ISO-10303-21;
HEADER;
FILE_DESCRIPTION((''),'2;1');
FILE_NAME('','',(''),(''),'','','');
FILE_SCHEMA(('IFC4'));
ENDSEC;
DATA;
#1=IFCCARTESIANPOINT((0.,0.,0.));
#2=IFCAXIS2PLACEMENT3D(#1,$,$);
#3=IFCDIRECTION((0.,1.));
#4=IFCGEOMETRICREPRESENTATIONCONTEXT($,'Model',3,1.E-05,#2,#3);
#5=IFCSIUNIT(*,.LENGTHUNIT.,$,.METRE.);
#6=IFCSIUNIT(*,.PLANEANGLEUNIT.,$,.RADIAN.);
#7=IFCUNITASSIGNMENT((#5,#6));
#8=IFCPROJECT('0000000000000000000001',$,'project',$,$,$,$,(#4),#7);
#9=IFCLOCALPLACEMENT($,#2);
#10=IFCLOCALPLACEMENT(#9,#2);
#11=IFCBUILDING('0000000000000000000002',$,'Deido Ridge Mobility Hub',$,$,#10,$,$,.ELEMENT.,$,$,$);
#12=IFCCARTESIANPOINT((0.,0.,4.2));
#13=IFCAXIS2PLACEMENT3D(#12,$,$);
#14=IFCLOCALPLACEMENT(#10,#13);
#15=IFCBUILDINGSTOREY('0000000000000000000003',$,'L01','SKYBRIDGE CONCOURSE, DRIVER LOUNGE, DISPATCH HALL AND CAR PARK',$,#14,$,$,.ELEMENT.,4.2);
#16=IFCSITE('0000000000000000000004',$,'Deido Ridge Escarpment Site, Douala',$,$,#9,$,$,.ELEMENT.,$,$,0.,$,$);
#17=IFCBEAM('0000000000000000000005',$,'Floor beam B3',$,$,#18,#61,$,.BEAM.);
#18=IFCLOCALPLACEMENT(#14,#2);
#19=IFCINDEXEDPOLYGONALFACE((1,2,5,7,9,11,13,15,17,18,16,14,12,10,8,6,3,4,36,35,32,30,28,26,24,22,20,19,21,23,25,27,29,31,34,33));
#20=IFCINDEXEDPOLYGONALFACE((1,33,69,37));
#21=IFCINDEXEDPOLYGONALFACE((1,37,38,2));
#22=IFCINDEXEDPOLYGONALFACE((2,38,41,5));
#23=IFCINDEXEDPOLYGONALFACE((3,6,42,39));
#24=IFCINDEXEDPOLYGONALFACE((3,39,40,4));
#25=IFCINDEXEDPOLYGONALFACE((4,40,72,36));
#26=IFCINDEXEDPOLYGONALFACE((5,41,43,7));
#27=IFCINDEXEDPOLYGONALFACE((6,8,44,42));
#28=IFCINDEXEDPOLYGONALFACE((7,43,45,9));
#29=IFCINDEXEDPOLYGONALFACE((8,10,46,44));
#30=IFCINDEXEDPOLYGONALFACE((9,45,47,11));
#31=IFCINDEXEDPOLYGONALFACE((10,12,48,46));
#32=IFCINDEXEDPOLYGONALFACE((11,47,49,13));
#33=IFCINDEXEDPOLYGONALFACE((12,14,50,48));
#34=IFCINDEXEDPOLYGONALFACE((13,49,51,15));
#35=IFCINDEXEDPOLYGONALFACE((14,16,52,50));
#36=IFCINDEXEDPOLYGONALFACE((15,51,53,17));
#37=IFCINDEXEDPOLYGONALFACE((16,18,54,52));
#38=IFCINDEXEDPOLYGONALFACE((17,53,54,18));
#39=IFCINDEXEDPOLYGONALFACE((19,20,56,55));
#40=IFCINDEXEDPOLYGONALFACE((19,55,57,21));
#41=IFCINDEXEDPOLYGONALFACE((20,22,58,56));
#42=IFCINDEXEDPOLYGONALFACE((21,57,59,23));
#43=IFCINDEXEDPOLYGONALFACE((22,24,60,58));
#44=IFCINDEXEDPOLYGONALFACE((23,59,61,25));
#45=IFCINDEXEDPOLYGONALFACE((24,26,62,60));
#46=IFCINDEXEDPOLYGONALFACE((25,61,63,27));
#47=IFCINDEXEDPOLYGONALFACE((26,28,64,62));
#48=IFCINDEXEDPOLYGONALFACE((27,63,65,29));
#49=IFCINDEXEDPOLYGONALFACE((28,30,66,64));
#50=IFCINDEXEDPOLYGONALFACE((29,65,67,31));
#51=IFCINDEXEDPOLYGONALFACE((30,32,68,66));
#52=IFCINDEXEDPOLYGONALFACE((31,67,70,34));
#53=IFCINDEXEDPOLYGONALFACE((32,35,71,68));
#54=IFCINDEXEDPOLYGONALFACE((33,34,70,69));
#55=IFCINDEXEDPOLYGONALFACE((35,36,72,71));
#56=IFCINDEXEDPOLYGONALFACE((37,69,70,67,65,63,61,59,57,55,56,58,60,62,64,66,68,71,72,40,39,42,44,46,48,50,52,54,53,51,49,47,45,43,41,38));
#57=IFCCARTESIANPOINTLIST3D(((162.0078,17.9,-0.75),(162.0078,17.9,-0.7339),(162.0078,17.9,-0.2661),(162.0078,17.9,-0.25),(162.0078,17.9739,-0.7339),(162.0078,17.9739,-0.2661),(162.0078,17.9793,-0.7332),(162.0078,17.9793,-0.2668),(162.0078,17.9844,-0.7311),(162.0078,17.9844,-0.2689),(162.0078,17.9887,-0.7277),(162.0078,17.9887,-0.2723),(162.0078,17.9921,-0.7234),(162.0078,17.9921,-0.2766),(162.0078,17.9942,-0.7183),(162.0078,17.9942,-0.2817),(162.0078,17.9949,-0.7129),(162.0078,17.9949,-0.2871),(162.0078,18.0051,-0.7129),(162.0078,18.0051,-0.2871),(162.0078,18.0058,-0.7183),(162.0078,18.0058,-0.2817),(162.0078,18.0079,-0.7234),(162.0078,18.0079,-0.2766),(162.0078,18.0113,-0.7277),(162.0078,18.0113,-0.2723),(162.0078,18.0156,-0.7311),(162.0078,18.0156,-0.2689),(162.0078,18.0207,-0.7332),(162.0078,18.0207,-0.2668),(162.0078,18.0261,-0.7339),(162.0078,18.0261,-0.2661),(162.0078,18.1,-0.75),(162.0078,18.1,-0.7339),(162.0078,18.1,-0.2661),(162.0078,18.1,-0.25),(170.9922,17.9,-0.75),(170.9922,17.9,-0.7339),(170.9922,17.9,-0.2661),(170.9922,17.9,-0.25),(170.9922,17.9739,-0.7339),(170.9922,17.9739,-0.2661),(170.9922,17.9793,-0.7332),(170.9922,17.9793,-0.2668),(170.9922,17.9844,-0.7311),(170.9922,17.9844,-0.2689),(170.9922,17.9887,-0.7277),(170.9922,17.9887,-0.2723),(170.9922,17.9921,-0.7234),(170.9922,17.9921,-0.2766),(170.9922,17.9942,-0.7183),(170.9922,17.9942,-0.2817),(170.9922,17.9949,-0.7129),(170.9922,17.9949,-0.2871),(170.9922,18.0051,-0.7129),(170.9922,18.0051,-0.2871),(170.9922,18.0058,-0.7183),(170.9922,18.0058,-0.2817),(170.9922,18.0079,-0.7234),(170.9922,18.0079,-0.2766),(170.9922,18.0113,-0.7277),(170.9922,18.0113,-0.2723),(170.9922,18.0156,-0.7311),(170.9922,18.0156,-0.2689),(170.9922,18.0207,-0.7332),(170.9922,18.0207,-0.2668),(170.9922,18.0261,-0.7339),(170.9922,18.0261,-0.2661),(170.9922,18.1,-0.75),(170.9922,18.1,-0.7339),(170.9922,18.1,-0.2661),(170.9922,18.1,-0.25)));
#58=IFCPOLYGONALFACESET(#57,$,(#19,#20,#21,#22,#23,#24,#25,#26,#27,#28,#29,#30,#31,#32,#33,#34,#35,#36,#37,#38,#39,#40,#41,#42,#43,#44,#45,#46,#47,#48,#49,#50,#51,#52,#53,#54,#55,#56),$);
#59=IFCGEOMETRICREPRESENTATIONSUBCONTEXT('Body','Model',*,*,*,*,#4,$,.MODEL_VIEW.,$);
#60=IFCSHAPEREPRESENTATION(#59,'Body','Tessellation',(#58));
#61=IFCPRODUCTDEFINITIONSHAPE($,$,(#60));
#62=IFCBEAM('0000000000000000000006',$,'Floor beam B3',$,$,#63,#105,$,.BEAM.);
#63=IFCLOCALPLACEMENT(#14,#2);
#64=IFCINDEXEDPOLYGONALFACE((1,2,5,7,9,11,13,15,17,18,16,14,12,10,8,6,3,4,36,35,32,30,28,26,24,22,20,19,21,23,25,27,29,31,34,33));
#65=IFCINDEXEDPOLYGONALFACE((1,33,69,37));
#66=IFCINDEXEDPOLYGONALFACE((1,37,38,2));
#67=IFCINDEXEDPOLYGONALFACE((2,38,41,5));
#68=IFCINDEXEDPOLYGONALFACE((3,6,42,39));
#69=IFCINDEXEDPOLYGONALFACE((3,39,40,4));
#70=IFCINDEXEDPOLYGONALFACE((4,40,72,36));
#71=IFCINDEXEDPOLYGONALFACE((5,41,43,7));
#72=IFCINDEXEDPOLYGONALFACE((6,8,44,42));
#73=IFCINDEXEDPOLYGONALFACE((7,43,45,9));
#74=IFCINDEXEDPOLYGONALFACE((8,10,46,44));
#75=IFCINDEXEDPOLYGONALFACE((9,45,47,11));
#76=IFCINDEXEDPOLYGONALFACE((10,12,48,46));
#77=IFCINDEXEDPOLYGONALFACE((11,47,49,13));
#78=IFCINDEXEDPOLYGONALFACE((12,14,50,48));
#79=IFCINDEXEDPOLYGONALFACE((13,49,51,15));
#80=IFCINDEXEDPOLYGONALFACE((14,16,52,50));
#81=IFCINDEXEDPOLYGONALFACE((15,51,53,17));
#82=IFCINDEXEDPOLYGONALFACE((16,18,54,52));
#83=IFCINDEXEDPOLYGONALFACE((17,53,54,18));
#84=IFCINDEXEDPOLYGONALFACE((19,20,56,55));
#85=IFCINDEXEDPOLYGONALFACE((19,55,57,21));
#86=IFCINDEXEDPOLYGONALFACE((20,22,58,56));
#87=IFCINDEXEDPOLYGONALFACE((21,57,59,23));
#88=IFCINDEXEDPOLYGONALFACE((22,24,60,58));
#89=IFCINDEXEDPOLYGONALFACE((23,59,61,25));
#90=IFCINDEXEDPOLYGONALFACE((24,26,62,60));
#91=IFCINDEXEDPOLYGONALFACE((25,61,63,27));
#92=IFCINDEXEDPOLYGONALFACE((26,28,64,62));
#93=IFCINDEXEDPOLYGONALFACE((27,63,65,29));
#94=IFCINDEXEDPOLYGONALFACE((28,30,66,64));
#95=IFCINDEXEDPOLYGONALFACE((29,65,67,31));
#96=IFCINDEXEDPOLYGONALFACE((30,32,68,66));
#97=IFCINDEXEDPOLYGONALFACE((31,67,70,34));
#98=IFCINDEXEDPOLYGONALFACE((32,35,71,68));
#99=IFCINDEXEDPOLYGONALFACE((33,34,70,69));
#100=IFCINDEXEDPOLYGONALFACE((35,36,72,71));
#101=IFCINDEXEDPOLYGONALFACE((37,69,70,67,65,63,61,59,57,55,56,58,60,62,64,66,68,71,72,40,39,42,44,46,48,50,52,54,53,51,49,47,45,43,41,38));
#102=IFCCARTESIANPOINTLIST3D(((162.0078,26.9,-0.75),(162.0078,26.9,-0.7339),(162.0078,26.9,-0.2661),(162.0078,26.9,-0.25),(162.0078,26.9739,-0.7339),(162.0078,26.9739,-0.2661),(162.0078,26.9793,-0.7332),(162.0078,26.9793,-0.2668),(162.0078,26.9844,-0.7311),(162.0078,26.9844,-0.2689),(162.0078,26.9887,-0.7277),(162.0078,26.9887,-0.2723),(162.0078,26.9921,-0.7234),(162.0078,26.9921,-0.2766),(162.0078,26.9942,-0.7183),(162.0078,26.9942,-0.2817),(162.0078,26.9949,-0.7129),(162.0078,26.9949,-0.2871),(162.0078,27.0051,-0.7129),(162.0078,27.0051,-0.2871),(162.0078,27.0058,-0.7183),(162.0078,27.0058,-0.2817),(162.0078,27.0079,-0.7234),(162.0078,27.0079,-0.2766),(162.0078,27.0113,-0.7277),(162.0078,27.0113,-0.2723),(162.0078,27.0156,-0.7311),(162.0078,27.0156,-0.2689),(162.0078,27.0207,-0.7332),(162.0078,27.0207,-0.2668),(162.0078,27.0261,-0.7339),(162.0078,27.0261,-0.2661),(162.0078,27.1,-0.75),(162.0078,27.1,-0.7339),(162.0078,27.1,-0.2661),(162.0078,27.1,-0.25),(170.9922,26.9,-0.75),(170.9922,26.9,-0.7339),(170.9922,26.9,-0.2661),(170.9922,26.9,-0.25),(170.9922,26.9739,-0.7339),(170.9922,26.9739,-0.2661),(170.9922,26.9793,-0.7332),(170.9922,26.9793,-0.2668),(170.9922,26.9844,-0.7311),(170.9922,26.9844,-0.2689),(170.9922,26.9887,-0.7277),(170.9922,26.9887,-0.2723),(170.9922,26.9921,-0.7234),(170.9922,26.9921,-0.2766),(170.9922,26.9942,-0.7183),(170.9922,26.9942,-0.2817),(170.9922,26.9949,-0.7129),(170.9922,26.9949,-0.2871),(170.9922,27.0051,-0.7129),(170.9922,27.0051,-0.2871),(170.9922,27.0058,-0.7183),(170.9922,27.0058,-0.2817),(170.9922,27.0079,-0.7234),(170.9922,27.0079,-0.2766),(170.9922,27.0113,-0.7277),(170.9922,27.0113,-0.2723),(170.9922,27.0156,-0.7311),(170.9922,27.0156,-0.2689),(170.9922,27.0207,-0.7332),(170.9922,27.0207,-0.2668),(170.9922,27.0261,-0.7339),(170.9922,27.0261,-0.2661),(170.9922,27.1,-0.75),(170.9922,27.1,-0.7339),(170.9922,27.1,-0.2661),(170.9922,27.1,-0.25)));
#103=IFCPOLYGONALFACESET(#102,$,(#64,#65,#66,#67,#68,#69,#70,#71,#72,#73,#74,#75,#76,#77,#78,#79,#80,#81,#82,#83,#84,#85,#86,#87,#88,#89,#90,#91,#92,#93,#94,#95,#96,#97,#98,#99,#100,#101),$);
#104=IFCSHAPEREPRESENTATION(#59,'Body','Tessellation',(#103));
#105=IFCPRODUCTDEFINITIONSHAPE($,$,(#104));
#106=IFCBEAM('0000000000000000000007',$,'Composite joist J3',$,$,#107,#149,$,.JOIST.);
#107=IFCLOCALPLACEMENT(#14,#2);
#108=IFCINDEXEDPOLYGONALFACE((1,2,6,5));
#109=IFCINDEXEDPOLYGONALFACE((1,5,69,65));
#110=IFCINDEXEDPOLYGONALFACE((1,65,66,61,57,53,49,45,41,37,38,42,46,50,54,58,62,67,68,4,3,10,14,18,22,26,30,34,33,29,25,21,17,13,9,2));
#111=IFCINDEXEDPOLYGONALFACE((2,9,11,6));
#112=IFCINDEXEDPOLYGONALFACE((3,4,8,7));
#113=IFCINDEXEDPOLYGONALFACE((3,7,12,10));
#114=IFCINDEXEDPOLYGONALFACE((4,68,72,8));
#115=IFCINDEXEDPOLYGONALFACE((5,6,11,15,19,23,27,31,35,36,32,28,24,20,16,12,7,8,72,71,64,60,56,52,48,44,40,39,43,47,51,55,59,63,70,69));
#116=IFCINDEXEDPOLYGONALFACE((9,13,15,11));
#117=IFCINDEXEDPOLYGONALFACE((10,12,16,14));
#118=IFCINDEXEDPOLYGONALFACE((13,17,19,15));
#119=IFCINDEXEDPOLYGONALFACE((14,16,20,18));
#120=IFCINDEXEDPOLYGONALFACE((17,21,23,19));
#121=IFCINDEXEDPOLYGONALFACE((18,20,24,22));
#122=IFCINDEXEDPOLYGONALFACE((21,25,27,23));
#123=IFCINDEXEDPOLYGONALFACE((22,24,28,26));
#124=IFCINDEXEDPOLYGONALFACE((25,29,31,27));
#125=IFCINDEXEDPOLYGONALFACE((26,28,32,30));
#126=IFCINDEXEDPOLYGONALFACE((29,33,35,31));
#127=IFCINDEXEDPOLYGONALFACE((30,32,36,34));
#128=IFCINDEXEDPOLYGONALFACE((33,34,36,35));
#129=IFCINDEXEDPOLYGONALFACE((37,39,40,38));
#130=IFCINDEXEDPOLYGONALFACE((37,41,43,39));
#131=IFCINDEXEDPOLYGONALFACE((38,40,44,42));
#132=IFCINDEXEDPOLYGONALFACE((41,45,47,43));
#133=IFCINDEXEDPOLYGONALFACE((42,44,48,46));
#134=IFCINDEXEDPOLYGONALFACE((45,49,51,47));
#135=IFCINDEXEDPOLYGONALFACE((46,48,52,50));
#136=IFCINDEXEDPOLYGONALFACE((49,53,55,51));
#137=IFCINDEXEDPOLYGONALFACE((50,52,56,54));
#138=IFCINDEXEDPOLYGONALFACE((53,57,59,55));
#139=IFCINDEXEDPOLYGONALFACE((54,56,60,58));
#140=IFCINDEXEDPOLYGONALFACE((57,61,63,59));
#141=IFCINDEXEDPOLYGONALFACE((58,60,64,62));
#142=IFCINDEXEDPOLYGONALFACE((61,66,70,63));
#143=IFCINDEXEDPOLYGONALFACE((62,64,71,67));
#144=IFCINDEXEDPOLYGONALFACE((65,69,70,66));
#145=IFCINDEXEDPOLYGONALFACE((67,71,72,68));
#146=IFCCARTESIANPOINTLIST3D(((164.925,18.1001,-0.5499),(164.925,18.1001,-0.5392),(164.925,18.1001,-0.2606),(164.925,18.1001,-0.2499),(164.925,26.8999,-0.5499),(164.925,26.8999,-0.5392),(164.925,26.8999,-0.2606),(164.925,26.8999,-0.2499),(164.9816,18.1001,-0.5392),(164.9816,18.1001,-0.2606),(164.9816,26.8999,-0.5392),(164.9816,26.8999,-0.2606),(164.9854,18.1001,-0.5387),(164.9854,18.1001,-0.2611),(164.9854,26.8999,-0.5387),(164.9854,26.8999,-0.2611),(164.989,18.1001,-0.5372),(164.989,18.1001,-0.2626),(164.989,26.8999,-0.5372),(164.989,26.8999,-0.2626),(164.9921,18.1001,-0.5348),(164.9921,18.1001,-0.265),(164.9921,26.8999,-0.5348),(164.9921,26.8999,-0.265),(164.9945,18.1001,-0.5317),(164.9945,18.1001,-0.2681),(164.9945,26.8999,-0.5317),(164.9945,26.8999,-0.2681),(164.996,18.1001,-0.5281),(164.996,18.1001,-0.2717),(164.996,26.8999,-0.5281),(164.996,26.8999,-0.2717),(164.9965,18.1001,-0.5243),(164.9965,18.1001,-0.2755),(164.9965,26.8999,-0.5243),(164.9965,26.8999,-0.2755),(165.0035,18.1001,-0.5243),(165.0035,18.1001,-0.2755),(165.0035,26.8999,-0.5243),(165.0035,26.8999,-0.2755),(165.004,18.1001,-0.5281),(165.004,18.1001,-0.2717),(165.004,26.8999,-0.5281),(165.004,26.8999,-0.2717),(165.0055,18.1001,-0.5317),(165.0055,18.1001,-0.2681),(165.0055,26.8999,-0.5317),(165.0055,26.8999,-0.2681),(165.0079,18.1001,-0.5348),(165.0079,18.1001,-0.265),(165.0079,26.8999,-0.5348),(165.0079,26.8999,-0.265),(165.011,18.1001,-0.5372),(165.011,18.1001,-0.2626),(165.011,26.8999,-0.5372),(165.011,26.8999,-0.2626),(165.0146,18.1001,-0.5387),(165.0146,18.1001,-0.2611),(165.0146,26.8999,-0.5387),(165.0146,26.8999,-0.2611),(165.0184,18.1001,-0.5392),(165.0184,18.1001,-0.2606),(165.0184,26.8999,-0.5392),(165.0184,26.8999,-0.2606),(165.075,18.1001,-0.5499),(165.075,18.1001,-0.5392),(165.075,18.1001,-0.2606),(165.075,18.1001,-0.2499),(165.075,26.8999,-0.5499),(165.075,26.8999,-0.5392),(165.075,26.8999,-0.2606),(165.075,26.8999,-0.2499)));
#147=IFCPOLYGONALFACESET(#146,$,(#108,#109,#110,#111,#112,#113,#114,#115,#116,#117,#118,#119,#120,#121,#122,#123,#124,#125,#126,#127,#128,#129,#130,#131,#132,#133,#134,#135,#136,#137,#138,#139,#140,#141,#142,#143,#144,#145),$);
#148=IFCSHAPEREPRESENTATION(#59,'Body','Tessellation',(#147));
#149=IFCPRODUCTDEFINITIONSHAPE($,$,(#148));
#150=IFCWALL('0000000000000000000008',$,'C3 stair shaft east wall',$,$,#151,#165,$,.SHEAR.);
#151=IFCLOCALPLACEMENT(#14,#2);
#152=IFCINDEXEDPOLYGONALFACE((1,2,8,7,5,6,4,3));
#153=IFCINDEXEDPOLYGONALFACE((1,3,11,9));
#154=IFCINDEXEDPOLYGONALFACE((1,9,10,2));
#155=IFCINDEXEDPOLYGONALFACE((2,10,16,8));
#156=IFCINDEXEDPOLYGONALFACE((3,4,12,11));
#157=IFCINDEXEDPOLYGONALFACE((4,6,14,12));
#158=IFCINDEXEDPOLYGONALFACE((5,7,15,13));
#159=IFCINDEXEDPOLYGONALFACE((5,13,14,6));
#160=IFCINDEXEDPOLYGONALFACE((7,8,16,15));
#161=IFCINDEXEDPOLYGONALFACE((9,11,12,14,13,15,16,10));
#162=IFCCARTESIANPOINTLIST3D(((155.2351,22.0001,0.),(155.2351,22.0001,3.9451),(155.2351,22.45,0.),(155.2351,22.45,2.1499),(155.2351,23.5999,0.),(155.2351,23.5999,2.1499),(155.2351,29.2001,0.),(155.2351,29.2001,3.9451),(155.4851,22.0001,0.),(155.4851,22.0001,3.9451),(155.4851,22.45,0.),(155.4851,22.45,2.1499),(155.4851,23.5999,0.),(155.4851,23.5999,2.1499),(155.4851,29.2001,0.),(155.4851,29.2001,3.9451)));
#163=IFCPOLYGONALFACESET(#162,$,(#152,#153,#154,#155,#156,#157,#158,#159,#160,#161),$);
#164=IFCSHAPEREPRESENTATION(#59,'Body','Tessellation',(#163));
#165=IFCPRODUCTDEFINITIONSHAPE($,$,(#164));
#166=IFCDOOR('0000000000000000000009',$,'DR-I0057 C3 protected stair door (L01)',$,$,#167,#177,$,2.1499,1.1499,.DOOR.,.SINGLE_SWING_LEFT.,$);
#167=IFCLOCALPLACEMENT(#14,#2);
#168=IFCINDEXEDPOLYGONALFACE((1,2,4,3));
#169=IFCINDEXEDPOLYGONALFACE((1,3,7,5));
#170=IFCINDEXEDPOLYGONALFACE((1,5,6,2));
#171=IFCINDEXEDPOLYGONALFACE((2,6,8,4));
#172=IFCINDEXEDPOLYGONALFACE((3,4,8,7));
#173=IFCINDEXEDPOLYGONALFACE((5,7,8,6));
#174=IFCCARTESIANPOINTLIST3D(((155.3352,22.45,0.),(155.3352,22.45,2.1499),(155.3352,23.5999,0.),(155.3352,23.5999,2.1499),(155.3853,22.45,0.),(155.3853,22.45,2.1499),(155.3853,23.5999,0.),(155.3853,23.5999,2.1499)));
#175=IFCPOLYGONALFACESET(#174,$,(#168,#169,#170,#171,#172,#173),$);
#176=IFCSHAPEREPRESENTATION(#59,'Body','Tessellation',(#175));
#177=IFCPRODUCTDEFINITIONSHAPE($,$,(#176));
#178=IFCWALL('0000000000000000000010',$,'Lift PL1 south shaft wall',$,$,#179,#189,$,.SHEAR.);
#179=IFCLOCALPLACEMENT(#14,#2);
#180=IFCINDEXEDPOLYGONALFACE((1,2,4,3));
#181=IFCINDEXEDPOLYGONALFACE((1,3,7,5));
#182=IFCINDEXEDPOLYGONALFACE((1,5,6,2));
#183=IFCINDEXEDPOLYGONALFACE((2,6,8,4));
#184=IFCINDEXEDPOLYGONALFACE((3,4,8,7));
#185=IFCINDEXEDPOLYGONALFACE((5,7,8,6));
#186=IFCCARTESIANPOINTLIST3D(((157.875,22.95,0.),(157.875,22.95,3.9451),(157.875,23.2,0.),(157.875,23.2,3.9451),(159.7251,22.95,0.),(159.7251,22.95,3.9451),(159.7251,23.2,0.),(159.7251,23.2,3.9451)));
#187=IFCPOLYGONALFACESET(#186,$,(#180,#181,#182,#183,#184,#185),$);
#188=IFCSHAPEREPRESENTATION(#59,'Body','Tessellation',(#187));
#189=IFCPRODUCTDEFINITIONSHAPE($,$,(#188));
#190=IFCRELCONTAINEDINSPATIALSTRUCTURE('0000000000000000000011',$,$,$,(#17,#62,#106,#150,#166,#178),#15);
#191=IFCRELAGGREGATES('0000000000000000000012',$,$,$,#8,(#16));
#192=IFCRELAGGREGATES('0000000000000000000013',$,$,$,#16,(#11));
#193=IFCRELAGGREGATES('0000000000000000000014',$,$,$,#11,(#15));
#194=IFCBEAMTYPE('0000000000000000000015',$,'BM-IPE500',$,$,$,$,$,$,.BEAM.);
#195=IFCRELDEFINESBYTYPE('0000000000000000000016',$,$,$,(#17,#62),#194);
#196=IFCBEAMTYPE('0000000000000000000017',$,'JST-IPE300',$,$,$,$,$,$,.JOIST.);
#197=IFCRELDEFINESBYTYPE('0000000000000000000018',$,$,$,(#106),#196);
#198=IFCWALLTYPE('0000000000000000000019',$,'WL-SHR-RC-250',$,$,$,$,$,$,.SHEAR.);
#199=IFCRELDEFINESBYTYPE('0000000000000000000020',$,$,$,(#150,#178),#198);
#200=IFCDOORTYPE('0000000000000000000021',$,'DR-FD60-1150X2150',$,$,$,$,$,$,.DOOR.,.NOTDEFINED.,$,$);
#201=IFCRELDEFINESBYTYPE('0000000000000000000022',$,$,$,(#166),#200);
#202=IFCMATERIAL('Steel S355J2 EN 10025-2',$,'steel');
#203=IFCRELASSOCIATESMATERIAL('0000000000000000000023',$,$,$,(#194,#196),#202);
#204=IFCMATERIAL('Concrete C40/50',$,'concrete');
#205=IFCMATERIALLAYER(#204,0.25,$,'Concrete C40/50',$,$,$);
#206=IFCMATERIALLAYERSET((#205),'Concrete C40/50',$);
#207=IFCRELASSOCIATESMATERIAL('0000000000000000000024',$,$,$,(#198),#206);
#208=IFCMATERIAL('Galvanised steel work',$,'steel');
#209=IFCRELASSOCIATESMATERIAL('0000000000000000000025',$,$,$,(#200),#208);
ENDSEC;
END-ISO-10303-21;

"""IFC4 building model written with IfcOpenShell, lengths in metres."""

from ifc_helpers import new_model, si_unit, direction, frame, frame_2d, origin, origin_2d, place, context, subcontext, project, spatial, rectangle, i_section, extrude, material, layer, layer_set, material_profile, profile_set, type_object, element, fill, save


model = new_model("IFC4")

# Units and contexts
model_context = context("Model", 3, precision=1e-05, world=origin(), true_north=direction((0.0, 1.0)))
body_context = subcontext(model_context, "Body", "Model", "MODEL_VIEW")
ifc_project = project(units=[si_unit("LENGTHUNIT", "METRE"), si_unit("PLANEANGLEUNIT", "RADIAN")], contexts=[model_context])

# Site, building, storey
site_placement = place(None, origin())
site = spatial("IfcSite", under=ifc_project, at=site_placement, Name="Deido Ridge Escarpment Site, Douala", CompositionType="ELEMENT", RefElevation=0.0)
building_placement = place(site_placement, origin())
building = spatial("IfcBuilding", under=site, at=building_placement, Name="Deido Ridge Mobility Hub", CompositionType="ELEMENT")
storey_placement = place(building_placement, frame((0.0, 0.0, 4.2)))
storey = spatial("IfcBuildingStorey", under=building, at=storey_placement, Name="L01", Description="SKYBRIDGE CONCOURSE, DRIVER LOUNGE, DISPATCH HALL AND CAR PARK", CompositionType="ELEMENT", Elevation=4.2)

# Shared definitions
ifc_material_1 = material(Name="Steel S355J2 EN 10025-2", Category="steel")

# Beams
ifc_material_profile_1 = material_profile(ifc_material_1, i_section(OverallWidth=0.2, OverallDepth=0.5, WebThickness=0.0103, FlangeThickness=0.0161, FilletRadius=0.021, at=origin_2d()), Name="IPE 500")
ifc_profile_set_1 = profile_set([ifc_material_profile_1], Name="Steel S355J2 EN 10025-2")
beam_type_1 = type_object("IfcBeamType", Name="BM-IPE500", PredefinedType="BEAM", material=ifc_profile_set_1)
for number, where, z_axis, x_axis, name in (
    (1, (162.0078, 18.0, -0.5), (1.0, 0.0, 0.0), (0.0, 1.0, 0.0), "Floor beam B3"),
    (2, (162.0078, 27.0, -0.5), (1.0, 0.0, 0.0), (0.0, 1.0, 0.0), "Floor beam B3"),
):
    element("IfcBeam", number, at=place(storey_placement, frame(where, z_axis=z_axis, x_axis=x_axis)), inside=storey, type_object=beam_type_1, Name=name, PredefinedType="BEAM", context=body_context, shape_type="SweptSolid", body=[
        extrude(i_section(OverallWidth=0.2, OverallDepth=0.5, WebThickness=0.0103, FlangeThickness=0.0161, FilletRadius=0.021, at=origin_2d()), origin(), (0.0, 0.0, 1.0), 8.9844),
    ])
ifc_material_profile_2 = material_profile(ifc_material_1, i_section(OverallWidth=0.1499, OverallDepth=0.3, WebThickness=0.0071, FlangeThickness=0.0107, FilletRadius=0.0149, at=origin_2d()), Name="IPE 300")
ifc_profile_set_2 = profile_set([ifc_material_profile_2], Name="Steel S355J2 EN 10025-2")
beam_type_2 = type_object("IfcBeamType", Name="JST-IPE300", PredefinedType="JOIST", material=ifc_profile_set_2)
beam_1_placement = place(storey_placement, frame((165.0, 18.1001, -0.3999), z_axis=(0.0, 1.0, 0.0), x_axis=(-1.0, 0.0, 0.0)))
element("IfcBeam", 3, at=beam_1_placement, inside=storey, type_object=beam_type_2, Name="Composite joist J3", PredefinedType="JOIST", context=body_context, shape_type="SweptSolid", body=[
    extrude(i_section(OverallWidth=0.1499, OverallDepth=0.3, WebThickness=0.0071, FlangeThickness=0.0107, FilletRadius=0.0149, at=origin_2d()), origin(), (0.0, 0.0, 1.0), 8.7998),
])

# Wall, opening, door
ifc_material_2 = material(Name="Concrete C40/50", Category="concrete")
ifc_layer_1 = layer(ifc_material_2, 0.25, Name="Concrete C40/50")
ifc_layer_set_1 = layer_set([ifc_layer_1], Name="Concrete C40/50")
wall_type_1 = type_object("IfcWallType", Name="WL-SHR-RC-250", PredefinedType="SHEAR", material=ifc_layer_set_1)
wall_1_placement = place(storey_placement, frame((155.3601, 22.0, 0.0), z_axis=(0.0, 0.0, 1.0), x_axis=(0.0, 1.0, 0.0)))
wall_1 = element("IfcWall", 4, at=wall_1_placement, inside=storey, type_object=wall_type_1, Name="C3 stair shaft east wall", PredefinedType="SHEAR", context=body_context, shape_type="SweptSolid", body=[
    extrude(rectangle(XDim=7.2, YDim=0.25, at=frame_2d((3.6001, 0.0))), origin(), (0.0, 0.0, 1.0), 3.9451),
])
opening_1_placement = place(wall_1_placement, frame((0.45, 0.0, 0.0)))
opening_1 = element("IfcOpeningElement", 5, at=opening_1_placement, cuts=wall_1, PredefinedType="OPENING", context=body_context, shape_type="SweptSolid", body=[
    extrude(rectangle(XDim=1.1499, YDim=2.1499, at=frame_2d((0.575, 1.075))), frame((0.0, 0.135, 0.0), z_axis=(0.0, -1.0, 0.0), x_axis=(1.0, 0.0, 0.0)), (0.0, 0.0, 1.0), 0.27),
])
ifc_material_3 = material(Name="Galvanised steel work", Category="steel")
door_type_1 = type_object("IfcDoorType", Name="DR-FD60-1150X2150", OperationType="NOTDEFINED", PredefinedType="DOOR", material=ifc_material_3)
door_1_placement = place(opening_1_placement, origin())
door_1 = element("IfcDoor", 6, at=door_1_placement, inside=storey, type_object=door_type_1, Name="DR-I0057 C3 protected stair door (L01)", OperationType="SINGLE_SWING_LEFT", OverallHeight=2.1499, OverallWidth=1.1499, PredefinedType="DOOR", context=body_context, shape_type="SweptSolid", body=[
    extrude(rectangle(XDim=1.1499, YDim=2.1499, at=frame_2d((0.575, 1.075))), frame((0.0, 0.0249, 0.0), z_axis=(0.0, -1.0, 0.0), x_axis=(1.0, 0.0, 0.0)), (0.0, 0.0, 1.0), 0.05),
])
fill(opening_1, door_1)

# Wall
for number, where, z_axis, x_axis, name in (
    (7, (157.875, 23.075, 0.0), (0.0, 0.0, 1.0), (1.0, 0.0, 0.0), "Lift PL1 south shaft wall"),
):
    element("IfcWall", number, at=place(storey_placement, frame(where, z_axis=z_axis, x_axis=x_axis)), inside=storey, type_object=wall_type_1, Name=name, PredefinedType="SHEAR", context=body_context, shape_type="SweptSolid", body=[
        extrude(rectangle(XDim=1.8501, YDim=0.25, at=frame_2d((0.925, 0.0))), origin(), (0.0, 0.0, 1.0), 3.9451),
    ])

save(model, "model.ifc")
